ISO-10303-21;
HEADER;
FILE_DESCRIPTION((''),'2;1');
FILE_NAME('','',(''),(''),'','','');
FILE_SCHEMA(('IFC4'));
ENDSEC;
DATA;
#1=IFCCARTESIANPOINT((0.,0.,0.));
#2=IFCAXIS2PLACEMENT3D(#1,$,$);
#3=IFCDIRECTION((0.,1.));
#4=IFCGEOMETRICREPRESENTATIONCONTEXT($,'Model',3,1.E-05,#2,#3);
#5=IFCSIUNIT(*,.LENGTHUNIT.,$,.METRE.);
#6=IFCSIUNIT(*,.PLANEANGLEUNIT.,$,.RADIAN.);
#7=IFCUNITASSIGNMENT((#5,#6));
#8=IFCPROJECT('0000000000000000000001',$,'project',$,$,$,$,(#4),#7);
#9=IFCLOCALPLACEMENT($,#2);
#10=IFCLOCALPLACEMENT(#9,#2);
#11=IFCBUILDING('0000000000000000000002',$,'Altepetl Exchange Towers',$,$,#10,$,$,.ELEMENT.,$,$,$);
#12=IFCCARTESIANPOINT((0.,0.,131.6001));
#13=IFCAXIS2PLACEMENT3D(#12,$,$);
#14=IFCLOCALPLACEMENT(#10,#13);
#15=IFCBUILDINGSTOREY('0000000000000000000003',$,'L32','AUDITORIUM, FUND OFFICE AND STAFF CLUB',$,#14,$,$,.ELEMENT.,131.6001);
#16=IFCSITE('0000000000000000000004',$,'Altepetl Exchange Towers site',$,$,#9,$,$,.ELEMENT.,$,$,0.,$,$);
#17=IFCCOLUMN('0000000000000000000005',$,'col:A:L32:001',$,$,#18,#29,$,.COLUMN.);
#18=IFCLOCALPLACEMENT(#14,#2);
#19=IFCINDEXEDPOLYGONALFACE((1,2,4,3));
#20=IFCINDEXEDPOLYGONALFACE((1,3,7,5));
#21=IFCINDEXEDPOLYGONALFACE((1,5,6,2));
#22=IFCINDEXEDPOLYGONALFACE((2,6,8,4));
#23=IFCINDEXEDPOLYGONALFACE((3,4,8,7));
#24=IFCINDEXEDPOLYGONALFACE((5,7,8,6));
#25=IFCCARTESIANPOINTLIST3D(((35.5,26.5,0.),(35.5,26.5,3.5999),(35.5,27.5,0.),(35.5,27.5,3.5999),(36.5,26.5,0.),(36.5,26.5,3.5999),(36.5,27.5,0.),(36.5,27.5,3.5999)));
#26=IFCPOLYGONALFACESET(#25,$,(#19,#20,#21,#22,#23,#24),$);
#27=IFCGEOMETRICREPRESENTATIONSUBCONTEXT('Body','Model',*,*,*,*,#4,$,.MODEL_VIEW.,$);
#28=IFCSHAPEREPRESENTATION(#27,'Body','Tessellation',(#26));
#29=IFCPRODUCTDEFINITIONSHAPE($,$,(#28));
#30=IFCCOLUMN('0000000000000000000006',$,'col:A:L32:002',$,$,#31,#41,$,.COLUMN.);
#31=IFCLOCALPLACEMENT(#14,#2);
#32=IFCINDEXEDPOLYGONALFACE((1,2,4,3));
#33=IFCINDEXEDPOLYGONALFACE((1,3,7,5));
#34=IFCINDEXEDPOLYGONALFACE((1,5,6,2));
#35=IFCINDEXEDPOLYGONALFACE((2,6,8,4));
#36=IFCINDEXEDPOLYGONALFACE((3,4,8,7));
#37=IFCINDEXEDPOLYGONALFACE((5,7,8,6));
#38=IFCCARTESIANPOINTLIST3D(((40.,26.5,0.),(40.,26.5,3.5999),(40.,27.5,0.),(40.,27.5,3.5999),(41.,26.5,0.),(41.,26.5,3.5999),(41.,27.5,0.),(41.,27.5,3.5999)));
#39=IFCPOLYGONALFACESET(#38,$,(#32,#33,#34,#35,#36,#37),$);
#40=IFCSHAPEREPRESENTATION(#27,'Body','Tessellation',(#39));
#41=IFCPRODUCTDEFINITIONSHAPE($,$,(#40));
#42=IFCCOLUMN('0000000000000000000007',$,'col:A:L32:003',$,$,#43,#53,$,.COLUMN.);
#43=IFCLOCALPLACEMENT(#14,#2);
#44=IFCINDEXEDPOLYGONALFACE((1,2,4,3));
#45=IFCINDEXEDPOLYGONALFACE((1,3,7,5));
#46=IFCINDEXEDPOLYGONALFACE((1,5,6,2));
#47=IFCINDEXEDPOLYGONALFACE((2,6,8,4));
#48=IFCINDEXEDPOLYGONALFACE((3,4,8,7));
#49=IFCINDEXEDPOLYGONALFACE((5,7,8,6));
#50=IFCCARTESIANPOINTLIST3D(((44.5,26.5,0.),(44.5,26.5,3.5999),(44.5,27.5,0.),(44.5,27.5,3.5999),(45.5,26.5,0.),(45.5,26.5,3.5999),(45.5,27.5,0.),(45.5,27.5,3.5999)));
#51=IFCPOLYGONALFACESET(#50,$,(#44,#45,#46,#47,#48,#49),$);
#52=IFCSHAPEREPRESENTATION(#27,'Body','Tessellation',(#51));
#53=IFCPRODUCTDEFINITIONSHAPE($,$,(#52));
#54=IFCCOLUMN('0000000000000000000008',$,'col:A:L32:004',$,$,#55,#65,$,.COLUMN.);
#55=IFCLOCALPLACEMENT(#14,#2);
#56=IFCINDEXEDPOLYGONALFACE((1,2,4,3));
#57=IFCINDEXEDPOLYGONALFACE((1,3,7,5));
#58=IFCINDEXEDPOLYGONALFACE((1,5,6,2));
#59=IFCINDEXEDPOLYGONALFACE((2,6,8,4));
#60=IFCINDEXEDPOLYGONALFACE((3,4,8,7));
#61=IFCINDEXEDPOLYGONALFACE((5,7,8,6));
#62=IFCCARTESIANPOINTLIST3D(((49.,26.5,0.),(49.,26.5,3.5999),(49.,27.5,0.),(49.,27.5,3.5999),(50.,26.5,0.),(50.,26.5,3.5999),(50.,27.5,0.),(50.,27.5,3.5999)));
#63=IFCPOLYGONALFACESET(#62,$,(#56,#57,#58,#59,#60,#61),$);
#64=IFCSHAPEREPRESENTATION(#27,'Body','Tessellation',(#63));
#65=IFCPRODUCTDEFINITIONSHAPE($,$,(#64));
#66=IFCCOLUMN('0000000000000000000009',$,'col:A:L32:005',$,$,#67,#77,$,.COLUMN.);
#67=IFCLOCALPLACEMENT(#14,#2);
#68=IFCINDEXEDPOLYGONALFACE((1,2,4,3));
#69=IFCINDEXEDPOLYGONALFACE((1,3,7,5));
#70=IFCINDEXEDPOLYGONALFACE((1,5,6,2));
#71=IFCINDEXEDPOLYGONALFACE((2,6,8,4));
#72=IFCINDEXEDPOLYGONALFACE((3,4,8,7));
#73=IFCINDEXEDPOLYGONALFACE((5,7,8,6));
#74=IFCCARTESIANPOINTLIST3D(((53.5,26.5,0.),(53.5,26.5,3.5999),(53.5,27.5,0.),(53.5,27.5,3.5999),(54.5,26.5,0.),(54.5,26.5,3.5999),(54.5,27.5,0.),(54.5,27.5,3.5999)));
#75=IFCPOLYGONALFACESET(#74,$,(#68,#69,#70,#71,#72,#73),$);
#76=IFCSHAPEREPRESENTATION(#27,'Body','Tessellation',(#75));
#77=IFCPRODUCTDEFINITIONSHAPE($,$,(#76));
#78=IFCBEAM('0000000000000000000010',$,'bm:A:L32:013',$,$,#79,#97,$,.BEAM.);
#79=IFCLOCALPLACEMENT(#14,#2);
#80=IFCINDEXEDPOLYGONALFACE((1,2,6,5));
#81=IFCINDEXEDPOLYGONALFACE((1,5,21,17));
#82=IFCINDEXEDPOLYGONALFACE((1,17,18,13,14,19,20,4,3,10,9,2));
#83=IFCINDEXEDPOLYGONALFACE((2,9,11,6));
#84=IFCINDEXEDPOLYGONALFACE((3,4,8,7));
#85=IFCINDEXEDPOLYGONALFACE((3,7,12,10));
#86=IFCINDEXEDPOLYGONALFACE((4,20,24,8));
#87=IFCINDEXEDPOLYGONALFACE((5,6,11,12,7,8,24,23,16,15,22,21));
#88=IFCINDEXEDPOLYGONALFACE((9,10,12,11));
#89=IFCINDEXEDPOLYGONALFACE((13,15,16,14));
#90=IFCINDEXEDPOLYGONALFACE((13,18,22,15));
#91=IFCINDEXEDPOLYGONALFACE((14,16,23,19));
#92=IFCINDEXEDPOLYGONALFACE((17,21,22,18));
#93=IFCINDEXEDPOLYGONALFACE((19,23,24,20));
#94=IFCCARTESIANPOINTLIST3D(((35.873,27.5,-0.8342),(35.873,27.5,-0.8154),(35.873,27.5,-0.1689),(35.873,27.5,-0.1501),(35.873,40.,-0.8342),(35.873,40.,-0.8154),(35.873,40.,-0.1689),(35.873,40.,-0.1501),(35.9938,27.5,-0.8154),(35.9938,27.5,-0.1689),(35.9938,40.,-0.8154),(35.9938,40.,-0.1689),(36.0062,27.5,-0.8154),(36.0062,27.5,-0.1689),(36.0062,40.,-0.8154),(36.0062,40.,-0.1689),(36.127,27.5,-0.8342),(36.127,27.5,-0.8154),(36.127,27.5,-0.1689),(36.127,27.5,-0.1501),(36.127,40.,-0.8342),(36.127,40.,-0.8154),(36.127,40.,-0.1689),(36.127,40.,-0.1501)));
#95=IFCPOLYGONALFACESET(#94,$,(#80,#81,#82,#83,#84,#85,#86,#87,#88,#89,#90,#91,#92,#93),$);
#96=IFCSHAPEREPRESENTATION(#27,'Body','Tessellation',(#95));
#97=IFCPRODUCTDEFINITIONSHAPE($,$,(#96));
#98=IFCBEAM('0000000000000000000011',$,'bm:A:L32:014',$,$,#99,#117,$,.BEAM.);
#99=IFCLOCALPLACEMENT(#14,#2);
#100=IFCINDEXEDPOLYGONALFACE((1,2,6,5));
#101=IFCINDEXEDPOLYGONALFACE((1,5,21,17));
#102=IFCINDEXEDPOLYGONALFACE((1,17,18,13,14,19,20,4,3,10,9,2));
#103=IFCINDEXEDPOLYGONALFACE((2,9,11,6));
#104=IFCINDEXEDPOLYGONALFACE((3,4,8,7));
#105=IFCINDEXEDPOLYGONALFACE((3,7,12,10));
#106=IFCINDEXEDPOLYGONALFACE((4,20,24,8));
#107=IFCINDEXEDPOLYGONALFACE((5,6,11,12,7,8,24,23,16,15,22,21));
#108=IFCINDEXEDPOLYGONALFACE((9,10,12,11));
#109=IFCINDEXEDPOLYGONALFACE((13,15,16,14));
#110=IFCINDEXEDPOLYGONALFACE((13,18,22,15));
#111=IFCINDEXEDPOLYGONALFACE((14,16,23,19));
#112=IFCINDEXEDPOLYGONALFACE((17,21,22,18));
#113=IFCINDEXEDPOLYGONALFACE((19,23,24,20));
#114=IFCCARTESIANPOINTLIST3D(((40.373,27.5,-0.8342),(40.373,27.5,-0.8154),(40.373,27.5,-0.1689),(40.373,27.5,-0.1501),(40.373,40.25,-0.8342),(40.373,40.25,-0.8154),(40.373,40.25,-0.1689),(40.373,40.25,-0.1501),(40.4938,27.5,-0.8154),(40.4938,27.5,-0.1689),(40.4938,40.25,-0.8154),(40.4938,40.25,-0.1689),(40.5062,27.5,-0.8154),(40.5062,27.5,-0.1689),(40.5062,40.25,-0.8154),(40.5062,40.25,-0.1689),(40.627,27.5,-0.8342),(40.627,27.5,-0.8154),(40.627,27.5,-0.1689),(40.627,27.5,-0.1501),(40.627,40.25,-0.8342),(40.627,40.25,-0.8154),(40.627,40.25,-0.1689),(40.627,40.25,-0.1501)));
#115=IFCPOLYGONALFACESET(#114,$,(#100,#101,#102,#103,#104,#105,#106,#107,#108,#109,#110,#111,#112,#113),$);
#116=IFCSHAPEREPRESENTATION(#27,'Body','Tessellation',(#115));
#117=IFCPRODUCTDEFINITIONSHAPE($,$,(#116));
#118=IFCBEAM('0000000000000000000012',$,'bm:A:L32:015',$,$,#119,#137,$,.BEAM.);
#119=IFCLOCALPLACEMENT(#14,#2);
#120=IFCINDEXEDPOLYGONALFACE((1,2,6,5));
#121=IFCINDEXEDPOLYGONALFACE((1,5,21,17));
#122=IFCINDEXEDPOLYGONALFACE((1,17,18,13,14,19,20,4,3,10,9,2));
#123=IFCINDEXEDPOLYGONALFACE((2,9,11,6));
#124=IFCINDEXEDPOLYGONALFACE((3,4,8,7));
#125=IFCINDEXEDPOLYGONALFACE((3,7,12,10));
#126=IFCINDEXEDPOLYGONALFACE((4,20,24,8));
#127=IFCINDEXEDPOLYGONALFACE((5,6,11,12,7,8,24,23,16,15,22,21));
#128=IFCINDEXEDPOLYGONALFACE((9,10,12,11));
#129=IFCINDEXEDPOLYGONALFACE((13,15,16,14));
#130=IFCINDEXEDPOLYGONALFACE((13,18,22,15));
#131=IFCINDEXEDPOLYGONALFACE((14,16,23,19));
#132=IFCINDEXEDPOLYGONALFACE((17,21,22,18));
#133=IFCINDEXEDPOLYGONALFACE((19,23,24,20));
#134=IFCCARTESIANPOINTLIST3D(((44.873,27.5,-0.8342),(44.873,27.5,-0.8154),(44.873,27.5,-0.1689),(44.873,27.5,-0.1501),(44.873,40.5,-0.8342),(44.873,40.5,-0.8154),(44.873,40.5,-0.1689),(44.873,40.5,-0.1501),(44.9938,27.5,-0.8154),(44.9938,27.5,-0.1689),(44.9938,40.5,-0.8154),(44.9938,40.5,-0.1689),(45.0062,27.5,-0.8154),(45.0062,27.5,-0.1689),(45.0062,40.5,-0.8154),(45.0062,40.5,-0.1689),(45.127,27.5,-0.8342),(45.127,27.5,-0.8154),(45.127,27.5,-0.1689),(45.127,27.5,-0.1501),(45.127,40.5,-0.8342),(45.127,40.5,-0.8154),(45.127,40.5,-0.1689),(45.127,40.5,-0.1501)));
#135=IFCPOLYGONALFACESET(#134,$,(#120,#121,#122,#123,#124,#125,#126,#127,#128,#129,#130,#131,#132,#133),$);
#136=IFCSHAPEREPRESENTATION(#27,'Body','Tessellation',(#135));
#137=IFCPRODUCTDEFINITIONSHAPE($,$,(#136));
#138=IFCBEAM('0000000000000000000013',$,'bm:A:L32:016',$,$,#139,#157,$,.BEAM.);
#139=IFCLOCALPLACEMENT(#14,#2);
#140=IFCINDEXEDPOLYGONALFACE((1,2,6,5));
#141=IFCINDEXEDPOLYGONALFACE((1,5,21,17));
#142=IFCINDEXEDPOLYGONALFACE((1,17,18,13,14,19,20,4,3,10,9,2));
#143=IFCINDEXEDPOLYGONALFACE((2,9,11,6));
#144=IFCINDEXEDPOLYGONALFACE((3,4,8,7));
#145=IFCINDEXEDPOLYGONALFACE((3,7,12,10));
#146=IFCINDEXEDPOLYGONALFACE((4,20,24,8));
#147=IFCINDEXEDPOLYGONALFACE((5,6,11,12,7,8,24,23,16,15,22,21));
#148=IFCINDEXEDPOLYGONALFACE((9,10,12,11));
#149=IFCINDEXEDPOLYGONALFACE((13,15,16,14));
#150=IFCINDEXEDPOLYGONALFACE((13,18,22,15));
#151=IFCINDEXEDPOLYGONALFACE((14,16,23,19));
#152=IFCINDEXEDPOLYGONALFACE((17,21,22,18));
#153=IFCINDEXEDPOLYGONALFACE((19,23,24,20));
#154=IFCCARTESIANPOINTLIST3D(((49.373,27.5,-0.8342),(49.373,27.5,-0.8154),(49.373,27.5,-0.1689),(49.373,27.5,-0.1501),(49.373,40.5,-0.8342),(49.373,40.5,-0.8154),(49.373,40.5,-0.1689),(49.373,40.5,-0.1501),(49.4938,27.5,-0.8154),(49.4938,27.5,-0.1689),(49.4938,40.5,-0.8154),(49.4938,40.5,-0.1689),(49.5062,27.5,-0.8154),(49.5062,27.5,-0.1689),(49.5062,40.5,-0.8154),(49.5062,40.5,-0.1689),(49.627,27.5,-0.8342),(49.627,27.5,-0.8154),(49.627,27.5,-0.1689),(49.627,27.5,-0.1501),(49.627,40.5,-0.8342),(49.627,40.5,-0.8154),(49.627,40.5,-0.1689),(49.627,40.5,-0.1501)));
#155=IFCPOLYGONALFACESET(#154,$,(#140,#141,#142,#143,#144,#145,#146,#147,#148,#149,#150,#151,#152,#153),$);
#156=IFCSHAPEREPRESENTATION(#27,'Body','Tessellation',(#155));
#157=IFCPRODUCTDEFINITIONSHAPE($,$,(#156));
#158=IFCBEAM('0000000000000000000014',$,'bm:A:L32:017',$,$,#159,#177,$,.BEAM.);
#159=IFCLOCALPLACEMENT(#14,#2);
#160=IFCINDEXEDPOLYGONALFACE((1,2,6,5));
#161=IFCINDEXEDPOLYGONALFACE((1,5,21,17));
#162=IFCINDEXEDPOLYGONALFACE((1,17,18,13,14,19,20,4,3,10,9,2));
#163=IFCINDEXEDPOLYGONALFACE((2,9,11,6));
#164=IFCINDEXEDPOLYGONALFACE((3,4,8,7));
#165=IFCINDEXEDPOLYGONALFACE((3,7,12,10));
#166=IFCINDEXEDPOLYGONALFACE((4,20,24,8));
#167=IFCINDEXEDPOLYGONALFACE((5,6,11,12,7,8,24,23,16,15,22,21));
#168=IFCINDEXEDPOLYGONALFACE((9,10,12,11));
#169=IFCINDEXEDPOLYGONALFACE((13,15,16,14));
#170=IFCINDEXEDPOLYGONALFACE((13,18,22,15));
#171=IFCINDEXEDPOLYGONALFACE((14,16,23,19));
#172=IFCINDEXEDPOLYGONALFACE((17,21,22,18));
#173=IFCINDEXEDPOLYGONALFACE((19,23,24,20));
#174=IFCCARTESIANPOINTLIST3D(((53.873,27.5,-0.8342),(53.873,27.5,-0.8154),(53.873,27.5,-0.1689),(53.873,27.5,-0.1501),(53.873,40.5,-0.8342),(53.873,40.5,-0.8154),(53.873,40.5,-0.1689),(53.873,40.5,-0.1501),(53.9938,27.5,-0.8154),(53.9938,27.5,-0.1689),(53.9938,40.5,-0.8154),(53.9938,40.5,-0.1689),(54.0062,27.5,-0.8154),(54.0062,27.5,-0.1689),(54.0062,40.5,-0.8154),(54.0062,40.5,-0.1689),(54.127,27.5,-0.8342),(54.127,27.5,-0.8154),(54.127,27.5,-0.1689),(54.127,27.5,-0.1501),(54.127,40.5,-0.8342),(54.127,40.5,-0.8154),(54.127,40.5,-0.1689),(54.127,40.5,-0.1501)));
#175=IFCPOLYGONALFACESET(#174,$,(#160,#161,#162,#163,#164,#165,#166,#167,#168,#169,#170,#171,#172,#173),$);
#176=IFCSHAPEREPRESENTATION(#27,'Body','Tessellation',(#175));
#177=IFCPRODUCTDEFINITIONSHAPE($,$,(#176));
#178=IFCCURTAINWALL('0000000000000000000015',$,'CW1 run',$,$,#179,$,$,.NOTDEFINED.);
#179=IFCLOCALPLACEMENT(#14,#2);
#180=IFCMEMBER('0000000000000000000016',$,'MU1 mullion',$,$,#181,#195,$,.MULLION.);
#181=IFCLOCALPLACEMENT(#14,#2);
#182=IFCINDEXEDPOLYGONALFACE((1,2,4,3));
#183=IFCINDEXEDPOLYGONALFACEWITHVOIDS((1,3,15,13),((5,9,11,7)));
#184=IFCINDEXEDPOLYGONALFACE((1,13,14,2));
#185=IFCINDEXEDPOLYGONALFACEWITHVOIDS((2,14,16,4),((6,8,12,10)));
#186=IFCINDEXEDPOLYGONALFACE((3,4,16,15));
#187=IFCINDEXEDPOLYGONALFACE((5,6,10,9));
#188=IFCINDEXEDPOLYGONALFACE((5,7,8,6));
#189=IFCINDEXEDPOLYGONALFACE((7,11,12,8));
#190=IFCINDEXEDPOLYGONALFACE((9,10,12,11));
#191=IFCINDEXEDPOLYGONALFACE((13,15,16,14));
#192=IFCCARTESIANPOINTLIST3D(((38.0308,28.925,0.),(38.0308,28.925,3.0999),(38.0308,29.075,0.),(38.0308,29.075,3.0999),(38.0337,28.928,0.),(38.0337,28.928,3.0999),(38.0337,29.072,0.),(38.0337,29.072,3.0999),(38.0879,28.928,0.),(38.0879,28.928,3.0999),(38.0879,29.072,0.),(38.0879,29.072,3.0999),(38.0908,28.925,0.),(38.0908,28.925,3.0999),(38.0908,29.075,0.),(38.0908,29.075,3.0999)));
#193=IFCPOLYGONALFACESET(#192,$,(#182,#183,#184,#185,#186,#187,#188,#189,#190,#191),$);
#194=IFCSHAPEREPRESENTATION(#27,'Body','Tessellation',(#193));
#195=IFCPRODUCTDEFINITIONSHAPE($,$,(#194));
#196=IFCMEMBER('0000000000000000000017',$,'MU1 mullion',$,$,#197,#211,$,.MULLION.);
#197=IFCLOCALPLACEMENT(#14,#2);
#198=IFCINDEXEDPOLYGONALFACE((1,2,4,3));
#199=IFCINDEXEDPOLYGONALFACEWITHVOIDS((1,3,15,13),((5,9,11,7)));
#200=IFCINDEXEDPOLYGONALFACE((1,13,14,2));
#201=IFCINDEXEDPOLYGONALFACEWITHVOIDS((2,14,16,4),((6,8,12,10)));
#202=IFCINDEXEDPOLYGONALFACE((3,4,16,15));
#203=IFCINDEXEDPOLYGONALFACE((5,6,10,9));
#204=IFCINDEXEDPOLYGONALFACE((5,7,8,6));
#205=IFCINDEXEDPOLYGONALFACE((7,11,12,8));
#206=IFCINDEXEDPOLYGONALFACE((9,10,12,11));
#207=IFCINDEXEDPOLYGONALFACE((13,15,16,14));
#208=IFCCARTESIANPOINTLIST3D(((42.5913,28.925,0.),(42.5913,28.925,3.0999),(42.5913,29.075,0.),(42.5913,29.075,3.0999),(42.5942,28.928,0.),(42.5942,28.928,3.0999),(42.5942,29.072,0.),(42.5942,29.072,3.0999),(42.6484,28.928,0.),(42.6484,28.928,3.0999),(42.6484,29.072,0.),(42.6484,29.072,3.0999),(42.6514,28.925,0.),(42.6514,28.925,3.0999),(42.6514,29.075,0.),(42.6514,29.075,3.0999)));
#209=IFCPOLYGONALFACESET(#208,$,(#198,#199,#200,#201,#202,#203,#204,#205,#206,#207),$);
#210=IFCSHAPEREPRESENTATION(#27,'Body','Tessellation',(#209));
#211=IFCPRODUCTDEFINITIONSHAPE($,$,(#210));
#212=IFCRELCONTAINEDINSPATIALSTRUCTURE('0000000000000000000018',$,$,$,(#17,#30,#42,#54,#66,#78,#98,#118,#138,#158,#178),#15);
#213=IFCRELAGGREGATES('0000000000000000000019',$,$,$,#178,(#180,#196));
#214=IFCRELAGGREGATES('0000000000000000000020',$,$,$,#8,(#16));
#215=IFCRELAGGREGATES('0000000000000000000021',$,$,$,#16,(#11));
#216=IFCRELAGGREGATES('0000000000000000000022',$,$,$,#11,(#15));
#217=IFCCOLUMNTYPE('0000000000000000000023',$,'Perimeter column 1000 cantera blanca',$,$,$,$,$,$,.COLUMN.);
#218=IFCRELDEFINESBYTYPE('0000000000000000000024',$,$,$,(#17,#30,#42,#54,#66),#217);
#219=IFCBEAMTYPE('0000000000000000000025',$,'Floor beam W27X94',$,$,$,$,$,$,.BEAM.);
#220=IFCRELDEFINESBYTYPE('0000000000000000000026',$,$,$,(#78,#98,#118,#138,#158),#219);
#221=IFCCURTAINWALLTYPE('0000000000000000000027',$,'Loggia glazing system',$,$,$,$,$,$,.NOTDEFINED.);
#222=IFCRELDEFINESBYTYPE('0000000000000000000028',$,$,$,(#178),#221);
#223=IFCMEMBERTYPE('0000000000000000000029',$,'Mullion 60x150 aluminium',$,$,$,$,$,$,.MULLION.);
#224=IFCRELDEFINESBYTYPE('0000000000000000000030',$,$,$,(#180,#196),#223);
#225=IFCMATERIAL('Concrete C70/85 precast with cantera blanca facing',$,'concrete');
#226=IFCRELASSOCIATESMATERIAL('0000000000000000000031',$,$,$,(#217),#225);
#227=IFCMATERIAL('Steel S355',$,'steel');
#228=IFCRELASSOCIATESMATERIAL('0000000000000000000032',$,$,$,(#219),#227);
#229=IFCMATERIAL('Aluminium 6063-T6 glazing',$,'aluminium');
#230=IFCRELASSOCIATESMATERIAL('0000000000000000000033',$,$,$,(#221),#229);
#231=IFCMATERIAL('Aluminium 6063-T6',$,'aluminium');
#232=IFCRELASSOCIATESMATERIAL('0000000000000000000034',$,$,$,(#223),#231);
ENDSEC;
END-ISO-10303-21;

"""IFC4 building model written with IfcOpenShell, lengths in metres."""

from ifc_helpers import new_model, si_unit, direction, frame, origin, origin_2d, place, context, subcontext, project, spatial, rectangle, hollow_rectangle, i_section, extrude, material, material_profile, profile_set, type_object, element, aggregate, save


model = new_model("IFC4")

# Units and contexts
model_context = context("Model", 3, precision=1e-05, world=origin(), true_north=direction((0.0, 1.0)))
body_context = subcontext(model_context, "Body", "Model", "MODEL_VIEW")
ifc_project = project(units=[si_unit("LENGTHUNIT", "METRE"), si_unit("PLANEANGLEUNIT", "RADIAN")], contexts=[model_context])

# Site, building, storey
site_placement = place(None, origin())
site = spatial("IfcSite", under=ifc_project, at=site_placement, Name="Altepetl Exchange Towers site", CompositionType="ELEMENT", RefElevation=0.0)
building_placement = place(site_placement, origin())
building = spatial("IfcBuilding", under=site, at=building_placement, Name="Altepetl Exchange Towers", CompositionType="ELEMENT")
storey_placement = place(building_placement, frame((0.0, 0.0, 131.6001)))
storey = spatial("IfcBuildingStorey", under=building, at=storey_placement, Name="L32", Description="AUDITORIUM, FUND OFFICE AND STAFF CLUB", CompositionType="ELEMENT", Elevation=131.6001)

# Columns
ifc_material_1 = material(Name="Concrete C70/85 precast with cantera blanca facing", Category="concrete")
ifc_material_profile_1 = material_profile(ifc_material_1, rectangle(XDim=1.0, YDim=1.0, at=origin_2d()), Name="1000 x 1000")
ifc_profile_set_1 = profile_set([ifc_material_profile_1], Name="Concrete C70/85 precast with cantera blanca facing")
column_type = type_object("IfcColumnType", Name="Perimeter column 1000 cantera blanca", PredefinedType="COLUMN", material=ifc_profile_set_1)
for number, where, name in (
    (1, (36.0, 27.0, 0.0), "col:A:L32:001"),
    (2, (40.5, 27.0, 0.0), "col:A:L32:002"),
    (3, (45.0, 27.0, 0.0), "col:A:L32:003"),
    (4, (49.5, 27.0, 0.0), "col:A:L32:004"),
    (5, (54.0, 27.0, 0.0), "col:A:L32:005"),
):
    element("IfcColumn", number, at=place(storey_placement, frame(where)), inside=storey, type_object=column_type, Name=name, PredefinedType="COLUMN", context=body_context, shape_type="SweptSolid", body=[
        extrude(rectangle(XDim=1.0, YDim=1.0, at=origin_2d()), origin(), (0.0, 0.0, 1.0), 3.5999),
    ])

# Beams
ifc_material_2 = material(Name="Steel S355", Category="steel")
ifc_material_profile_2 = material_profile(ifc_material_2, i_section(OverallWidth=0.2539, OverallDepth=0.6841, WebThickness=0.0125, FlangeThickness=0.0188, at=origin_2d()), Name="W27X94")
ifc_profile_set_2 = profile_set([ifc_material_profile_2], Name="Steel S355")
beam_type_1 = type_object("IfcBeamType", Name="Floor beam W27X94", PredefinedType="BEAM", material=ifc_profile_set_2)
beam_1_placement = place(storey_placement, frame((36.0, 27.5, -0.4922), z_axis=(0.0, 1.0, 0.0), x_axis=(-1.0, 0.0, 0.0)))
element("IfcBeam", 6, at=beam_1_placement, inside=storey, type_object=beam_type_1, Name="bm:A:L32:013", PredefinedType="BEAM", context=body_context, shape_type="SweptSolid", body=[
    extrude(i_section(OverallWidth=0.2539, OverallDepth=0.6841, WebThickness=0.0125, FlangeThickness=0.0188, at=origin_2d()), origin(), (0.0, 0.0, 1.0), 12.5),
])
beam_2_placement = place(storey_placement, frame((40.5, 27.5, -0.4922), z_axis=(0.0, 1.0, 0.0), x_axis=(-1.0, 0.0, 0.0)))
element("IfcBeam", 7, at=beam_2_placement, inside=storey, type_object=beam_type_1, Name="bm:A:L32:014", PredefinedType="BEAM", context=body_context, shape_type="SweptSolid", body=[
    extrude(i_section(OverallWidth=0.2539, OverallDepth=0.6841, WebThickness=0.0125, FlangeThickness=0.0188, at=origin_2d()), origin(), (0.0, 0.0, 1.0), 12.75),
])
for number, where, z_axis, x_axis, name in (
    (8, (45.0, 27.5, -0.4922), (0.0, 1.0, 0.0), (-1.0, 0.0, 0.0), "bm:A:L32:015"),
    (9, (49.5, 27.5, -0.4922), (0.0, 1.0, 0.0), (-1.0, 0.0, 0.0), "bm:A:L32:016"),
    (10, (54.0, 27.5, -0.4922), (0.0, 1.0, 0.0), (-1.0, 0.0, 0.0), "bm:A:L32:017"),
):
    element("IfcBeam", number, at=place(storey_placement, frame(where, z_axis=z_axis, x_axis=x_axis)), inside=storey, type_object=beam_type_1, Name=name, PredefinedType="BEAM", context=body_context, shape_type="SweptSolid", body=[
        extrude(i_section(OverallWidth=0.2539, OverallDepth=0.6841, WebThickness=0.0125, FlangeThickness=0.0188, at=origin_2d()), origin(), (0.0, 0.0, 1.0), 13.0),
    ])

# Curtain wall, members
ifc_material_3 = material(Name="Aluminium 6063-T6 glazing", Category="aluminium")
curtain_wall_type = type_object("IfcCurtainWallType", Name="Loggia glazing system", PredefinedType="NOTDEFINED", material=ifc_material_3)
curtain_wall_1_placement = place(storey_placement, origin())
curtain_wall_1 = element("IfcCurtainWall", 11, at=curtain_wall_1_placement, inside=storey, type_object=curtain_wall_type, Name="CW1 run", PredefinedType="NOTDEFINED")
ifc_material_4 = material(Name="Aluminium 6063-T6", Category="aluminium")
ifc_material_profile_3 = material_profile(ifc_material_4, hollow_rectangle(XDim=0.0601, YDim=0.1499, WallThickness=0.0029, at=origin_2d()), Name="Mullion 60x150 aluminium")
ifc_profile_set_3 = profile_set([ifc_material_profile_3], Name="Aluminium 6063-T6")
member_type = type_object("IfcMemberType", Name="Mullion 60x150 aluminium", PredefinedType="MULLION", material=ifc_profile_set_3)
member_1_placement = place(storey_placement, frame((38.0608, 29.0, 0.0)))
member_1 = element("IfcMember", 12, at=member_1_placement, type_object=member_type, Name="MU1 mullion", PredefinedType="MULLION", context=body_context, shape_type="SweptSolid", body=[
    extrude(hollow_rectangle(XDim=0.0601, YDim=0.1499, WallThickness=0.0029, at=origin_2d()), origin(), (0.0, 0.0, 1.0), 3.0999),
])
member_2_placement = place(storey_placement, frame((42.6213, 29.0, 0.0)))
member_2 = element("IfcMember", 13, at=member_2_placement, type_object=member_type, Name="MU1 mullion", PredefinedType="MULLION", context=body_context, shape_type="SweptSolid", body=[
    extrude(hollow_rectangle(XDim=0.0601, YDim=0.1499, WallThickness=0.0029, at=origin_2d()), origin(), (0.0, 0.0, 1.0), 3.0999),
])

aggregate(curtain_wall_1, [member_1, member_2])

save(model, "model.ifc")
